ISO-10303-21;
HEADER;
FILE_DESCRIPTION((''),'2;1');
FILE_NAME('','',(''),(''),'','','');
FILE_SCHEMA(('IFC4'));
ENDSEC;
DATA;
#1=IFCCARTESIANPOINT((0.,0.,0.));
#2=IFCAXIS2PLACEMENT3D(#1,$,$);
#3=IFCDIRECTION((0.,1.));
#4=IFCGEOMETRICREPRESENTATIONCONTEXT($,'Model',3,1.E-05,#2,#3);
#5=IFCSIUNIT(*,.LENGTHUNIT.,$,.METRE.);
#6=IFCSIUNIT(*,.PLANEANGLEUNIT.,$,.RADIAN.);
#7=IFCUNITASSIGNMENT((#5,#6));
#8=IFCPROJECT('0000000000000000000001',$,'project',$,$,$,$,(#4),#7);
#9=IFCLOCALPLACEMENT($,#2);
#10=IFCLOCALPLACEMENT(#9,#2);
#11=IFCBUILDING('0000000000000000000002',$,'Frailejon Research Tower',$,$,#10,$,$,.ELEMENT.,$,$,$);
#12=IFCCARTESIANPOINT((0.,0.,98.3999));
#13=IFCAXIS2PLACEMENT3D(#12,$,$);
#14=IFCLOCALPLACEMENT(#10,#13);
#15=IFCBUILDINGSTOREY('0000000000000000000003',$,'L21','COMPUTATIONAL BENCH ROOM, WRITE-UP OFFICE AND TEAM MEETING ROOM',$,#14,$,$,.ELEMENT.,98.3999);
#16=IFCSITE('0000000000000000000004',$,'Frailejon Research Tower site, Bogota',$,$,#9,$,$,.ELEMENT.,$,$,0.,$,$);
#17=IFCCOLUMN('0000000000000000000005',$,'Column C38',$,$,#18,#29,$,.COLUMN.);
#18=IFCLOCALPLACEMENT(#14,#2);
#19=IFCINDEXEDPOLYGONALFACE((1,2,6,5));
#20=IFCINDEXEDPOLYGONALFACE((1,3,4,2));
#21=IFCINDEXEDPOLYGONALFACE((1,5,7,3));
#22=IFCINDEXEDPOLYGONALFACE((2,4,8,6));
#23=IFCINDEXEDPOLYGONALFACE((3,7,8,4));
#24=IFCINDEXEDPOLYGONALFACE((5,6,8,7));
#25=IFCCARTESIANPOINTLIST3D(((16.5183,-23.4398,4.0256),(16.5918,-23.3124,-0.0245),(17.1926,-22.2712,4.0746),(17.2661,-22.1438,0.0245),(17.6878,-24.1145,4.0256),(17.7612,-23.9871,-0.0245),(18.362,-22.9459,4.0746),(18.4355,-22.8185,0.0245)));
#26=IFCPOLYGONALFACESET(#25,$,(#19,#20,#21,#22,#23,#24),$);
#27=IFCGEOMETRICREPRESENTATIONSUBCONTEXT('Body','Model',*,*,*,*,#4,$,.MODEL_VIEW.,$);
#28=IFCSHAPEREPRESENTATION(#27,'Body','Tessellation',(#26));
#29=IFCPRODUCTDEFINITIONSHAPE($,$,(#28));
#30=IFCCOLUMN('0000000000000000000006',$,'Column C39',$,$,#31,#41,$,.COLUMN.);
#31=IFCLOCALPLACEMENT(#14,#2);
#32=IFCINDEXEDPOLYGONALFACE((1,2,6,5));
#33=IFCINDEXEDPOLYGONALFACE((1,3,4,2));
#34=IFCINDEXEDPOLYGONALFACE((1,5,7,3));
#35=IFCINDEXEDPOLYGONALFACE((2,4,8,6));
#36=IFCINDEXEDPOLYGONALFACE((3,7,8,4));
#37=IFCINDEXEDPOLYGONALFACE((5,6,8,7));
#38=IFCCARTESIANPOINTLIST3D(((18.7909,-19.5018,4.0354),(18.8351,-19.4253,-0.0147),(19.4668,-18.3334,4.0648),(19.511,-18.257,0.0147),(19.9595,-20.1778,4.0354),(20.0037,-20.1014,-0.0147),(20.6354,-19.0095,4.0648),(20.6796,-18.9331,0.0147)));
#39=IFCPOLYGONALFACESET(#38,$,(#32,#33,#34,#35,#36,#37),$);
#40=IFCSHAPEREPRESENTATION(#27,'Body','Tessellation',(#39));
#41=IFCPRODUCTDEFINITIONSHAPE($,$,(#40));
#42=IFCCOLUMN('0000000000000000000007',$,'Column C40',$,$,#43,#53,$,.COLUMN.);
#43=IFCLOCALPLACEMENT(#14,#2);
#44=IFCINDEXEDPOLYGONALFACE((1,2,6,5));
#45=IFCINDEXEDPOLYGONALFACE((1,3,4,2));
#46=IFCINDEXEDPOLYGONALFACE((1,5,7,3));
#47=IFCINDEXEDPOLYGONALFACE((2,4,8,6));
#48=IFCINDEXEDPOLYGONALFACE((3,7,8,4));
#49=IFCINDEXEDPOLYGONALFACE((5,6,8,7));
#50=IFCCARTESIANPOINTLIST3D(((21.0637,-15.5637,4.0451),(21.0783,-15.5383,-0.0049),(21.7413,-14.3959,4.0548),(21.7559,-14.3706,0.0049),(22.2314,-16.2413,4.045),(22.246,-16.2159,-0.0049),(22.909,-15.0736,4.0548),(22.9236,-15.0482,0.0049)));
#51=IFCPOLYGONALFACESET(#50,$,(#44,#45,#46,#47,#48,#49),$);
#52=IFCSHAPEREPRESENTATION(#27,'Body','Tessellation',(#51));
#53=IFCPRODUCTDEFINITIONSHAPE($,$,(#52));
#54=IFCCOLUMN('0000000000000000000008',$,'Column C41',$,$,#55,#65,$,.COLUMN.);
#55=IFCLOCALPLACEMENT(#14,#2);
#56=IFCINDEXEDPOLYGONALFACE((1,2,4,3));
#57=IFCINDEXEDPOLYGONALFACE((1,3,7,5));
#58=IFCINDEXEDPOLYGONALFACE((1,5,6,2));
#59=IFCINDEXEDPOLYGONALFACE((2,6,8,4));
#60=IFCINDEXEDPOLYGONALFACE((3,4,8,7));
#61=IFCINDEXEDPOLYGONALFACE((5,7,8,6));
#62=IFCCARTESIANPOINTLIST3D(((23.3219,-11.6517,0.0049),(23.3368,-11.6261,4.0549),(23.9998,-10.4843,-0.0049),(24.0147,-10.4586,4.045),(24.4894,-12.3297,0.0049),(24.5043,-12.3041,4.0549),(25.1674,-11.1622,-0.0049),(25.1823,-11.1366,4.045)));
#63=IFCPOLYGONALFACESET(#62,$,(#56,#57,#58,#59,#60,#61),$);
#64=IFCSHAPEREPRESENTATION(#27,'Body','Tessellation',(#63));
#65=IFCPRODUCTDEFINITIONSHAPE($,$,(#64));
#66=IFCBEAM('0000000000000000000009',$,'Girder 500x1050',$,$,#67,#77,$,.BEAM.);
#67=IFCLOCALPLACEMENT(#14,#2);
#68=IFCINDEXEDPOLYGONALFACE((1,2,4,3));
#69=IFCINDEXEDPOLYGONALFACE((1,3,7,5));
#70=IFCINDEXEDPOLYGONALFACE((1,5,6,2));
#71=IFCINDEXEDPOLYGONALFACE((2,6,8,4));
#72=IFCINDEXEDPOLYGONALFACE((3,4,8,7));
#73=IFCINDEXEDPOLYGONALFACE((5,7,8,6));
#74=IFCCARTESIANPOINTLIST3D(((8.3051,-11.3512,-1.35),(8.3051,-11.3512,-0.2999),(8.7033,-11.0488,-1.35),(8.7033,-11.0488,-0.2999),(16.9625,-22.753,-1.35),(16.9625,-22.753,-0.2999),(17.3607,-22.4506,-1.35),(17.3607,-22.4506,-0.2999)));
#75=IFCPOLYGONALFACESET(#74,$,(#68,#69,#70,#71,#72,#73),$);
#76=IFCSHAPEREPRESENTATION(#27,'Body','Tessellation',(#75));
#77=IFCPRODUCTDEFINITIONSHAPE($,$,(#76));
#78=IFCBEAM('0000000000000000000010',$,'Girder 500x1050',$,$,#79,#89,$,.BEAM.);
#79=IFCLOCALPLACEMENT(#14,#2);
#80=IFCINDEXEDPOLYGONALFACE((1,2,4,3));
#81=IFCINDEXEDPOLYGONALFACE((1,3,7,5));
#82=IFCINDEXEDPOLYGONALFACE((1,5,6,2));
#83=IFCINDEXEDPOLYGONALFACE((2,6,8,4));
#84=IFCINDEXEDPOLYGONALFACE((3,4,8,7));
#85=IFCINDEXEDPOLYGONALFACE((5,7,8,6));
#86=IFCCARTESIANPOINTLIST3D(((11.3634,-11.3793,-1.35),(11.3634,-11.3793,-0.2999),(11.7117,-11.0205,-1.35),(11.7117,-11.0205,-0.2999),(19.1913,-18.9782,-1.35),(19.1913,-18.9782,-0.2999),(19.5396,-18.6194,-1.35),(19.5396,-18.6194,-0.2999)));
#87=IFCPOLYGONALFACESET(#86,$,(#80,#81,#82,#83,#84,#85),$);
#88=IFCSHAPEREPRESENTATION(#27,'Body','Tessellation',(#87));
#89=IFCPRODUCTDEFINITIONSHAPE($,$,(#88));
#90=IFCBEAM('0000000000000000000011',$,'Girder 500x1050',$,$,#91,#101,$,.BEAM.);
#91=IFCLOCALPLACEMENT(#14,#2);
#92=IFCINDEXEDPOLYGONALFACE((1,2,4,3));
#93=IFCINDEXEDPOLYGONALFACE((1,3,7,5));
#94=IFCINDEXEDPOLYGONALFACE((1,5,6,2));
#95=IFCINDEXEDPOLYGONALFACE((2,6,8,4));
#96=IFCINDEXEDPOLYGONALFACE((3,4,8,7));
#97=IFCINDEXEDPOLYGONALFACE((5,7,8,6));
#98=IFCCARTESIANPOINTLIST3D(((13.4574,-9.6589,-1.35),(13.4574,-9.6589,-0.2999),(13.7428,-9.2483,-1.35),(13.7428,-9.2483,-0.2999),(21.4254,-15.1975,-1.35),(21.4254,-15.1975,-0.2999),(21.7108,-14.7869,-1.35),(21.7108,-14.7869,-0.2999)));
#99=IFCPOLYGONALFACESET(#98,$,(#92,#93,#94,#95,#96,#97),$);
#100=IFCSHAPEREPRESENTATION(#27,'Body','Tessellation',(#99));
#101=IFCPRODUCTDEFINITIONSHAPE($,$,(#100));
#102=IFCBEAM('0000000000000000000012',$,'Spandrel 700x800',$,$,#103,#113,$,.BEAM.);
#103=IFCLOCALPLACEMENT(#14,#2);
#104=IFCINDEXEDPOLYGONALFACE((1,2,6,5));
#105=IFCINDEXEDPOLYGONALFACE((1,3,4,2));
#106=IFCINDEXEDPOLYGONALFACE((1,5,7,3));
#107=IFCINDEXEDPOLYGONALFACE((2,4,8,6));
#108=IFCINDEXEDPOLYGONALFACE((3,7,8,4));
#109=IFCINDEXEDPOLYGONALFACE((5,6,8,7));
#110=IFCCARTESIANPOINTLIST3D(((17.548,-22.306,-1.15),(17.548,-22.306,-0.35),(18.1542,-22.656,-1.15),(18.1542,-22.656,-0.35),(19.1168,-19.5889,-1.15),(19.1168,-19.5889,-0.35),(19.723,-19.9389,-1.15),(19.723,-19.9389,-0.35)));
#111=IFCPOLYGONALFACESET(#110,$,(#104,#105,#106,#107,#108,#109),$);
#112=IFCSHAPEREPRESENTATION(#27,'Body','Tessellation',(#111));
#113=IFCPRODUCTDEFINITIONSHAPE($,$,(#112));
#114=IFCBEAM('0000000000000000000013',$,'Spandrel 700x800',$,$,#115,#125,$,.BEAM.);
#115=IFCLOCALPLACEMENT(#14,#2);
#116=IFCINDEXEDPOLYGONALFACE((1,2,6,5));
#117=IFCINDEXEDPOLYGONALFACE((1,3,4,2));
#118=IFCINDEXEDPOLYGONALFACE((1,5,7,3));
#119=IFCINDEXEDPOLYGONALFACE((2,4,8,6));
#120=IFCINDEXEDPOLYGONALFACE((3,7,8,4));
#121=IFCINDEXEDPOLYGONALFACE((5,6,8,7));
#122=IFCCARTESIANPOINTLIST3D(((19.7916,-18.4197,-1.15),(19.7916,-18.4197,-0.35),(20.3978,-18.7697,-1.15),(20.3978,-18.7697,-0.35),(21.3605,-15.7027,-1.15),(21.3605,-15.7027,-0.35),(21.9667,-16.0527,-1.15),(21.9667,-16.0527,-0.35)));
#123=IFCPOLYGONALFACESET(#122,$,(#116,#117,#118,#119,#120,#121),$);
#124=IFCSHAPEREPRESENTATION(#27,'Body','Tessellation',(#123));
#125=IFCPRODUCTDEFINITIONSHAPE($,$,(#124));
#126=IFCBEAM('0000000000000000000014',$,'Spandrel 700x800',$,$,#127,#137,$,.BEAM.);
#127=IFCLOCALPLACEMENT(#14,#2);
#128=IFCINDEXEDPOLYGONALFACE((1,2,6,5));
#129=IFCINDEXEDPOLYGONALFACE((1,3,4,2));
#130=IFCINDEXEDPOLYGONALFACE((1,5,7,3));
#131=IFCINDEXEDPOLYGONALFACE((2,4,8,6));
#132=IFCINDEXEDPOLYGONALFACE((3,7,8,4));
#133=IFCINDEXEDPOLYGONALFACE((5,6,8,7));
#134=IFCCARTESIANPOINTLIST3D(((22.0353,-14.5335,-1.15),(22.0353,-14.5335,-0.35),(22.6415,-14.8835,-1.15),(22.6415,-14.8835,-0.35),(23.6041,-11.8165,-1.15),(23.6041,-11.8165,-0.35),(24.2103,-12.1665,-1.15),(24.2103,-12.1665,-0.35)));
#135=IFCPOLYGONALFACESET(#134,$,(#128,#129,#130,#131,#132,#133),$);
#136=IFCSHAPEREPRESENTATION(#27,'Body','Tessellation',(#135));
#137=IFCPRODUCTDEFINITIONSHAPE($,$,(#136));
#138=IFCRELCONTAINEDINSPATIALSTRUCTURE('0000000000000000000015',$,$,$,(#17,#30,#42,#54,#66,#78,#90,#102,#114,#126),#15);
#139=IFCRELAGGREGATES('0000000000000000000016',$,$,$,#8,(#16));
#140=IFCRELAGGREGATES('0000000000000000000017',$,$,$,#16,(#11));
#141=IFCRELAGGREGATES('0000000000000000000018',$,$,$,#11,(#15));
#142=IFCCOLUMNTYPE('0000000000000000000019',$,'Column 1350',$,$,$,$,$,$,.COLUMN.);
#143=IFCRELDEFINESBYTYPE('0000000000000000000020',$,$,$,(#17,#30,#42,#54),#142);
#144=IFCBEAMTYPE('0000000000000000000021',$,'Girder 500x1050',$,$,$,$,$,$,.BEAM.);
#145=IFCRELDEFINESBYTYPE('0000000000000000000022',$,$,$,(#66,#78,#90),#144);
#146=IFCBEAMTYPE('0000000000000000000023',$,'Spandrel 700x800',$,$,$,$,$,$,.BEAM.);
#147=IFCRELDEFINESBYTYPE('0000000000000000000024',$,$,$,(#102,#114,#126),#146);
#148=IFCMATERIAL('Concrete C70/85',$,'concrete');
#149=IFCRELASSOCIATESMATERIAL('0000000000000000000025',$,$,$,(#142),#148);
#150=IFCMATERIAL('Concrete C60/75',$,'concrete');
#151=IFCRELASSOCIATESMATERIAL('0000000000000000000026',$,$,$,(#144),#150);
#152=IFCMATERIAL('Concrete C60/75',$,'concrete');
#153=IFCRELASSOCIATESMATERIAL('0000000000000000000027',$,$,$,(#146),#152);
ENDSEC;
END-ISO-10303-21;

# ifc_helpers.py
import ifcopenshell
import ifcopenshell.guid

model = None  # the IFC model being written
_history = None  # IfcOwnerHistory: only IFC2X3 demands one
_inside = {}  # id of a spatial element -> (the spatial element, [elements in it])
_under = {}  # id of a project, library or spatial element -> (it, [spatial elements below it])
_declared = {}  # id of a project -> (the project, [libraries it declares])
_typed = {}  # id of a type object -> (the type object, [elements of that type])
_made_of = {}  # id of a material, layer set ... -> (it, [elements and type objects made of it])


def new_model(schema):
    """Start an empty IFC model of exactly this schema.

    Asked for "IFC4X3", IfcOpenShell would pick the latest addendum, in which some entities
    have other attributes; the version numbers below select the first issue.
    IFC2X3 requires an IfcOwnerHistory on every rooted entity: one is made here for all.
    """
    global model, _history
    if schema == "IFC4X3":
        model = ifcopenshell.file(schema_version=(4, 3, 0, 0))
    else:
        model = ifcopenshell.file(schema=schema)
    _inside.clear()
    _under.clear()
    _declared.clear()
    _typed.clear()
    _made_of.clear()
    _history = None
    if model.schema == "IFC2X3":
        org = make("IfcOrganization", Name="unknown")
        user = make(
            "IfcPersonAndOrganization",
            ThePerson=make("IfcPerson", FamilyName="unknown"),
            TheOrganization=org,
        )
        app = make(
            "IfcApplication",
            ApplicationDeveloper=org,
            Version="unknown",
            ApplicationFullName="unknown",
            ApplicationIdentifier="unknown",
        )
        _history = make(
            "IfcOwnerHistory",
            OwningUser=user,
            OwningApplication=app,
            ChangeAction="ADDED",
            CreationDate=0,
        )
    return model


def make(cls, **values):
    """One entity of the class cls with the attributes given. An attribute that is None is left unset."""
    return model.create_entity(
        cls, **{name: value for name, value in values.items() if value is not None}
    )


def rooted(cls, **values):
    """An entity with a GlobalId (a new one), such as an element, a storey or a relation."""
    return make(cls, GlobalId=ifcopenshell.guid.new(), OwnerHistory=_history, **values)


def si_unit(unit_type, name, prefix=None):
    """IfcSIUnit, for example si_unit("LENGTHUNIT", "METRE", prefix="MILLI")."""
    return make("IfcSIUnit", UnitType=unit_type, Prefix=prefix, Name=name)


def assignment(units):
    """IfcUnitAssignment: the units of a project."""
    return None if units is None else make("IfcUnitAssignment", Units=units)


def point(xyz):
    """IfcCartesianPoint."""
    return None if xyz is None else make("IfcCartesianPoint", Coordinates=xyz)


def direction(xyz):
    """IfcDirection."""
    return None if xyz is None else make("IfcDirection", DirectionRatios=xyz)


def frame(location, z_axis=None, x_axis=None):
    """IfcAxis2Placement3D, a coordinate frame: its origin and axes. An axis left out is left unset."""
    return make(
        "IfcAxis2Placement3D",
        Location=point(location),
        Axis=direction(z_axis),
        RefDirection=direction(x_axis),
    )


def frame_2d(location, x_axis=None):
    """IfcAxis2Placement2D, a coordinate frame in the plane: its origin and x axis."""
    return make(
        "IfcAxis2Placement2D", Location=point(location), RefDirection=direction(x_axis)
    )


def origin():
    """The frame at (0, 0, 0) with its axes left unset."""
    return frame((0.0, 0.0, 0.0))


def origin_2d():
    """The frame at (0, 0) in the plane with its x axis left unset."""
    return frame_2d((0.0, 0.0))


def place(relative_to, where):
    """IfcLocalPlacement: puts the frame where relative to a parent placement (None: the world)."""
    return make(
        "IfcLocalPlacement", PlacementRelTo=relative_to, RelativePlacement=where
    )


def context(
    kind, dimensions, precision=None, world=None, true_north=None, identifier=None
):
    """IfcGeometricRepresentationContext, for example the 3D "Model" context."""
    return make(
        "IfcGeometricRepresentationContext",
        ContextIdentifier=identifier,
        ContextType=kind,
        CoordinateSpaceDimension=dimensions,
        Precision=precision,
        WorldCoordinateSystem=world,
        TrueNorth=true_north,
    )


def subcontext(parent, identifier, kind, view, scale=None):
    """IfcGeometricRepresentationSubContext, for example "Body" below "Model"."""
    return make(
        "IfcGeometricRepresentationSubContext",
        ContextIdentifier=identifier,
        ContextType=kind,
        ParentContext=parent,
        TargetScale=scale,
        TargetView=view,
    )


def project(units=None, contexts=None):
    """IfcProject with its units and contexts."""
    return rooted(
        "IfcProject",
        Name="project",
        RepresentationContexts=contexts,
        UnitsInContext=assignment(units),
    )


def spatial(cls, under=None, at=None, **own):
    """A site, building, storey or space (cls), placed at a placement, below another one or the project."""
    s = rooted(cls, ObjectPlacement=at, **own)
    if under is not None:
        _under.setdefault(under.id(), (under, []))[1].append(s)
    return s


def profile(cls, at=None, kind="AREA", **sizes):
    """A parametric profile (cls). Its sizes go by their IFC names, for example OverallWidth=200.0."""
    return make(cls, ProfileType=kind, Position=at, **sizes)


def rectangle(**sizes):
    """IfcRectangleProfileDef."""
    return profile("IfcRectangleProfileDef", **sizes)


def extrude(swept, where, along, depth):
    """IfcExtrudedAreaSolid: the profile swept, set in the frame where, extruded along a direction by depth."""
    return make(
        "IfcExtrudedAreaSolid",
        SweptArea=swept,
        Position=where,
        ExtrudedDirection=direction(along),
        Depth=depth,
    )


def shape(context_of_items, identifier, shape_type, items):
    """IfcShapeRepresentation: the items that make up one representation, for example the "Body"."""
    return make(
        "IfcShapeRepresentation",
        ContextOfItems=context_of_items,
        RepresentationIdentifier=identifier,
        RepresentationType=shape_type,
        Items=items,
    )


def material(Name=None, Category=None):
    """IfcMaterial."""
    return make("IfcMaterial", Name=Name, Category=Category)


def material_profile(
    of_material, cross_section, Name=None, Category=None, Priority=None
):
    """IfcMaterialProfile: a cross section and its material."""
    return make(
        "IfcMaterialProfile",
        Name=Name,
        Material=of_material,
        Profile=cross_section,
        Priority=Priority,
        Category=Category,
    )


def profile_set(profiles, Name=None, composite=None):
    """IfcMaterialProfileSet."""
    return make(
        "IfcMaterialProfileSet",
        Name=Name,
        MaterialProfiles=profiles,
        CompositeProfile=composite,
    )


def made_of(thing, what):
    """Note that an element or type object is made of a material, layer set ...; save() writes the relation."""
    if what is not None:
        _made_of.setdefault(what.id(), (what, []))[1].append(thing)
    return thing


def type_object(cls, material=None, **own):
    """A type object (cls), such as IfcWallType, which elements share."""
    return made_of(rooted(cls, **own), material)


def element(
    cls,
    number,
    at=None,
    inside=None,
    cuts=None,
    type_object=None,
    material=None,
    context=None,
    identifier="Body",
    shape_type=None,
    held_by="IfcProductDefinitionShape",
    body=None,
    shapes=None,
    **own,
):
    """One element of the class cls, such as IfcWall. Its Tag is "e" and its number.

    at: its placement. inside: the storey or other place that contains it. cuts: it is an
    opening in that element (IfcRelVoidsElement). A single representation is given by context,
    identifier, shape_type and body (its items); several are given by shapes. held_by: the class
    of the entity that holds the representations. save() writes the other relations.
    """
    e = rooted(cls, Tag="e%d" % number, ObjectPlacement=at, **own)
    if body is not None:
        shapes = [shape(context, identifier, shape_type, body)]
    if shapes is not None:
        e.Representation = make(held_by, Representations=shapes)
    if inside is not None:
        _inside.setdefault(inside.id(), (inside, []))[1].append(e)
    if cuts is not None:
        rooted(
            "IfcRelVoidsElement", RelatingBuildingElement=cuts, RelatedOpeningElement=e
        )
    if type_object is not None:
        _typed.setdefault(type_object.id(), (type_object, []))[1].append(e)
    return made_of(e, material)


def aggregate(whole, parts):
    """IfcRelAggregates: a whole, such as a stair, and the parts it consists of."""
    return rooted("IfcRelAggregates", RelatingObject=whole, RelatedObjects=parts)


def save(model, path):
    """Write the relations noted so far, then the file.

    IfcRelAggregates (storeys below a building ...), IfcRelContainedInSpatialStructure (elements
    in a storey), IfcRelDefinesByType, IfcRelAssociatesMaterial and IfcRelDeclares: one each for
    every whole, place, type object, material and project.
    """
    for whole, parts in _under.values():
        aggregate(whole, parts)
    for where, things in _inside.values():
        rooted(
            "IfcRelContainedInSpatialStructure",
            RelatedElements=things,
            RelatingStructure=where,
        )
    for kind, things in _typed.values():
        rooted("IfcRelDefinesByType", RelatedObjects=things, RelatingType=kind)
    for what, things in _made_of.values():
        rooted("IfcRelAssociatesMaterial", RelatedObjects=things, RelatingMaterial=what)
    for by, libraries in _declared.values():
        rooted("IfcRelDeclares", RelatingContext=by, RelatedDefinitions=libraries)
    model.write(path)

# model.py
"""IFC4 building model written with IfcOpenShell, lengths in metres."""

from ifc_helpers import new_model, si_unit, direction, frame, origin, origin_2d, place, context, subcontext, project, spatial, rectangle, extrude, material, material_profile, profile_set, type_object, element, save


model = new_model("IFC4")

# Units and contexts
model_context = context("Model", 3, precision=1e-05, world=origin(), true_north=direction((0.0, 1.0)))
body_context = subcontext(model_context, "Body", "Model", "MODEL_VIEW")
ifc_project = project(units=[si_unit("LENGTHUNIT", "METRE"), si_unit("PLANEANGLEUNIT", "RADIAN")], contexts=[model_context])

# Site, building, storey
site_placement = place(None, origin())
site = spatial("IfcSite", under=ifc_project, at=site_placement, Name="Frailejon Research Tower site, Bogota", CompositionType="ELEMENT", RefElevation=0.0)
building_placement = place(site_placement, origin())
building = spatial("IfcBuilding", under=site, at=building_placement, Name="Frailejon Research Tower", CompositionType="ELEMENT")
storey_placement = place(building_placement, frame((0.0, 0.0, 98.3999)))
storey = spatial("IfcBuildingStorey", under=building, at=storey_placement, Name="L21", Description="COMPUTATIONAL BENCH ROOM, WRITE-UP OFFICE AND TEAM MEETING ROOM", CompositionType="ELEMENT", Elevation=98.3999)

# Columns
ifc_material_1 = material(Name="Concrete C70/85", Category="concrete")
ifc_material_profile_1 = material_profile(ifc_material_1, rectangle(XDim=1.3501, YDim=1.3501, at=origin_2d()), Name="Column 1350")
ifc_profile_set_1 = profile_set([ifc_material_profile_1], Name="Concrete C70/85")
column_type = type_object("IfcColumnType", Name="Column 1350", PredefinedType="COLUMN", material=ifc_profile_set_1)
column_1_placement = place(storey_placement, frame((17.5137, -23.0654, 0.0), z_axis=(-0.018133, -0.031446, 0.999341), x_axis=(0.499425, 0.865596, 0.036299)))
element("IfcColumn", 1, at=column_1_placement, inside=storey, type_object=column_type, Name="Column C38", PredefinedType="COLUMN", context=body_context, shape_type="SweptSolid", body=[
    extrude(rectangle(XDim=1.3501, YDim=1.3501, at=origin_2d()), origin(), (0.0, 0.0, 1.0), 4.0527),
])
column_2_placement = place(storey_placement, frame((19.7573, -19.1792, 0.0), z_axis=(-0.010908, -0.018863, 0.999763), x_axis=(0.500638, 0.865382, 0.02179)))
element("IfcColumn", 2, at=column_2_placement, inside=storey, type_object=column_type, Name="Column C39", PredefinedType="COLUMN", context=body_context, shape_type="SweptSolid", body=[
    extrude(rectangle(XDim=1.3501, YDim=1.3501, at=origin_2d()), origin(), (0.0, 0.0, 1.0), 4.051),
])
for number, where, z_axis, x_axis, name in (
    (3, (22.001, -15.2932, 0.0), (-0.003617, -0.006269, 0.999974), (0.501883, 0.864905, 0.007238), "Column C40"),
    (4, (24.2446, -11.407, 0.0), (0.003677, 0.006329, 0.999973), (0.502147, 0.864751, -0.00732), "Column C41"),
):
    element("IfcColumn", number, at=place(storey_placement, frame(where, z_axis=z_axis, x_axis=x_axis)), inside=storey, type_object=column_type, Name=name, PredefinedType="COLUMN", context=body_context, shape_type="SweptSolid", body=[
        extrude(rectangle(XDim=1.3501, YDim=1.3501, at=origin_2d()), origin(), (0.0, 0.0, 1.0), 4.05),
    ])

# Beams
ifc_material_2 = material(Name="Concrete C60/75", Category="concrete")
ifc_material_profile_2 = material_profile(ifc_material_2, rectangle(XDim=0.5, YDim=1.05, at=origin_2d()), Name="Girder 500x1050")
ifc_profile_set_2 = profile_set([ifc_material_profile_2], Name="Concrete C60/75")
beam_type_1 = type_object("IfcBeamType", Name="Girder 500x1050", PredefinedType="BEAM", material=ifc_profile_set_2)
beam_1_placement = place(storey_placement, frame((17.1616, -22.6018, -0.825), z_axis=(-0.604732, 0.796429, 0.0), x_axis=(-0.796429, -0.604732, 0.0)))
element("IfcBeam", 5, at=beam_1_placement, inside=storey, type_object=beam_type_1, Name="Girder 500x1050", PredefinedType="BEAM", context=body_context, shape_type="SweptSolid", body=[
    extrude(rectangle(XDim=0.5, YDim=1.05, at=origin_2d()), origin(), (0.0, 0.0, 1.0), 14.3162),
])
beam_2_placement = place(storey_placement, frame((19.3655, -18.7988, -0.825), z_axis=(-0.717524, 0.696533, 0.0), x_axis=(-0.696533, -0.717524, 0.0)))
element("IfcBeam", 6, at=beam_2_placement, inside=storey, type_object=beam_type_1, Name="Girder 500x1050", PredefinedType="BEAM", context=body_context, shape_type="SweptSolid", body=[
    extrude(rectangle(XDim=0.5, YDim=1.05, at=origin_2d()), origin(), (0.0, 0.0, 1.0), 10.9097),
])
beam_3_placement = place(storey_placement, frame((21.5681, -14.9922, -0.825), z_axis=(-0.821117, 0.570759, 0.0), x_axis=(-0.570759, -0.821117, 0.0)))
element("IfcBeam", 7, at=beam_3_placement, inside=storey, type_object=beam_type_1, Name="Girder 500x1050", PredefinedType="BEAM", context=body_context, shape_type="SweptSolid", body=[
    extrude(rectangle(XDim=0.5, YDim=1.05, at=origin_2d()), origin(), (0.0, 0.0, 1.0), 9.7039),
])
ifc_material_3 = material(Name="Concrete C60/75", Category="concrete")
ifc_material_profile_3 = material_profile(ifc_material_3, rectangle(XDim=0.7, YDim=0.8, at=origin_2d()), Name="Spandrel 700x800")
ifc_profile_set_3 = profile_set([ifc_material_profile_3], Name="Concrete C60/75")
beam_type_2 = type_object("IfcBeamType", Name="Spandrel 700x800", PredefinedType="BEAM", material=ifc_profile_set_3)
for number, where, z_axis, x_axis, name in (
    (8, (17.8511, -22.481, -0.75), (0.500039, 0.866003, 0.0), (-0.866003, 0.500039, 0.0), "Spandrel 700x800"),
    (9, (20.0947, -18.5947, -0.75), (0.500039, 0.866003, 0.0), (-0.866003, 0.500039, 0.0), "Spandrel 700x800"),
    (10, (22.3384, -14.7085, -0.75), (0.500039, 0.866003, 0.0), (-0.866003, 0.500039, 0.0), "Spandrel 700x800"),
):
    element("IfcBeam", number, at=place(storey_placement, frame(where, z_axis=z_axis, x_axis=x_axis)), inside=storey, type_object=beam_type_2, Name=name, PredefinedType="BEAM", context=body_context, shape_type="SweptSolid", body=[
        extrude(rectangle(XDim=0.7, YDim=0.8, at=origin_2d()), origin(), (0.0, 0.0, 1.0), 3.1375),
    ])

save(model, "model.ifc")
